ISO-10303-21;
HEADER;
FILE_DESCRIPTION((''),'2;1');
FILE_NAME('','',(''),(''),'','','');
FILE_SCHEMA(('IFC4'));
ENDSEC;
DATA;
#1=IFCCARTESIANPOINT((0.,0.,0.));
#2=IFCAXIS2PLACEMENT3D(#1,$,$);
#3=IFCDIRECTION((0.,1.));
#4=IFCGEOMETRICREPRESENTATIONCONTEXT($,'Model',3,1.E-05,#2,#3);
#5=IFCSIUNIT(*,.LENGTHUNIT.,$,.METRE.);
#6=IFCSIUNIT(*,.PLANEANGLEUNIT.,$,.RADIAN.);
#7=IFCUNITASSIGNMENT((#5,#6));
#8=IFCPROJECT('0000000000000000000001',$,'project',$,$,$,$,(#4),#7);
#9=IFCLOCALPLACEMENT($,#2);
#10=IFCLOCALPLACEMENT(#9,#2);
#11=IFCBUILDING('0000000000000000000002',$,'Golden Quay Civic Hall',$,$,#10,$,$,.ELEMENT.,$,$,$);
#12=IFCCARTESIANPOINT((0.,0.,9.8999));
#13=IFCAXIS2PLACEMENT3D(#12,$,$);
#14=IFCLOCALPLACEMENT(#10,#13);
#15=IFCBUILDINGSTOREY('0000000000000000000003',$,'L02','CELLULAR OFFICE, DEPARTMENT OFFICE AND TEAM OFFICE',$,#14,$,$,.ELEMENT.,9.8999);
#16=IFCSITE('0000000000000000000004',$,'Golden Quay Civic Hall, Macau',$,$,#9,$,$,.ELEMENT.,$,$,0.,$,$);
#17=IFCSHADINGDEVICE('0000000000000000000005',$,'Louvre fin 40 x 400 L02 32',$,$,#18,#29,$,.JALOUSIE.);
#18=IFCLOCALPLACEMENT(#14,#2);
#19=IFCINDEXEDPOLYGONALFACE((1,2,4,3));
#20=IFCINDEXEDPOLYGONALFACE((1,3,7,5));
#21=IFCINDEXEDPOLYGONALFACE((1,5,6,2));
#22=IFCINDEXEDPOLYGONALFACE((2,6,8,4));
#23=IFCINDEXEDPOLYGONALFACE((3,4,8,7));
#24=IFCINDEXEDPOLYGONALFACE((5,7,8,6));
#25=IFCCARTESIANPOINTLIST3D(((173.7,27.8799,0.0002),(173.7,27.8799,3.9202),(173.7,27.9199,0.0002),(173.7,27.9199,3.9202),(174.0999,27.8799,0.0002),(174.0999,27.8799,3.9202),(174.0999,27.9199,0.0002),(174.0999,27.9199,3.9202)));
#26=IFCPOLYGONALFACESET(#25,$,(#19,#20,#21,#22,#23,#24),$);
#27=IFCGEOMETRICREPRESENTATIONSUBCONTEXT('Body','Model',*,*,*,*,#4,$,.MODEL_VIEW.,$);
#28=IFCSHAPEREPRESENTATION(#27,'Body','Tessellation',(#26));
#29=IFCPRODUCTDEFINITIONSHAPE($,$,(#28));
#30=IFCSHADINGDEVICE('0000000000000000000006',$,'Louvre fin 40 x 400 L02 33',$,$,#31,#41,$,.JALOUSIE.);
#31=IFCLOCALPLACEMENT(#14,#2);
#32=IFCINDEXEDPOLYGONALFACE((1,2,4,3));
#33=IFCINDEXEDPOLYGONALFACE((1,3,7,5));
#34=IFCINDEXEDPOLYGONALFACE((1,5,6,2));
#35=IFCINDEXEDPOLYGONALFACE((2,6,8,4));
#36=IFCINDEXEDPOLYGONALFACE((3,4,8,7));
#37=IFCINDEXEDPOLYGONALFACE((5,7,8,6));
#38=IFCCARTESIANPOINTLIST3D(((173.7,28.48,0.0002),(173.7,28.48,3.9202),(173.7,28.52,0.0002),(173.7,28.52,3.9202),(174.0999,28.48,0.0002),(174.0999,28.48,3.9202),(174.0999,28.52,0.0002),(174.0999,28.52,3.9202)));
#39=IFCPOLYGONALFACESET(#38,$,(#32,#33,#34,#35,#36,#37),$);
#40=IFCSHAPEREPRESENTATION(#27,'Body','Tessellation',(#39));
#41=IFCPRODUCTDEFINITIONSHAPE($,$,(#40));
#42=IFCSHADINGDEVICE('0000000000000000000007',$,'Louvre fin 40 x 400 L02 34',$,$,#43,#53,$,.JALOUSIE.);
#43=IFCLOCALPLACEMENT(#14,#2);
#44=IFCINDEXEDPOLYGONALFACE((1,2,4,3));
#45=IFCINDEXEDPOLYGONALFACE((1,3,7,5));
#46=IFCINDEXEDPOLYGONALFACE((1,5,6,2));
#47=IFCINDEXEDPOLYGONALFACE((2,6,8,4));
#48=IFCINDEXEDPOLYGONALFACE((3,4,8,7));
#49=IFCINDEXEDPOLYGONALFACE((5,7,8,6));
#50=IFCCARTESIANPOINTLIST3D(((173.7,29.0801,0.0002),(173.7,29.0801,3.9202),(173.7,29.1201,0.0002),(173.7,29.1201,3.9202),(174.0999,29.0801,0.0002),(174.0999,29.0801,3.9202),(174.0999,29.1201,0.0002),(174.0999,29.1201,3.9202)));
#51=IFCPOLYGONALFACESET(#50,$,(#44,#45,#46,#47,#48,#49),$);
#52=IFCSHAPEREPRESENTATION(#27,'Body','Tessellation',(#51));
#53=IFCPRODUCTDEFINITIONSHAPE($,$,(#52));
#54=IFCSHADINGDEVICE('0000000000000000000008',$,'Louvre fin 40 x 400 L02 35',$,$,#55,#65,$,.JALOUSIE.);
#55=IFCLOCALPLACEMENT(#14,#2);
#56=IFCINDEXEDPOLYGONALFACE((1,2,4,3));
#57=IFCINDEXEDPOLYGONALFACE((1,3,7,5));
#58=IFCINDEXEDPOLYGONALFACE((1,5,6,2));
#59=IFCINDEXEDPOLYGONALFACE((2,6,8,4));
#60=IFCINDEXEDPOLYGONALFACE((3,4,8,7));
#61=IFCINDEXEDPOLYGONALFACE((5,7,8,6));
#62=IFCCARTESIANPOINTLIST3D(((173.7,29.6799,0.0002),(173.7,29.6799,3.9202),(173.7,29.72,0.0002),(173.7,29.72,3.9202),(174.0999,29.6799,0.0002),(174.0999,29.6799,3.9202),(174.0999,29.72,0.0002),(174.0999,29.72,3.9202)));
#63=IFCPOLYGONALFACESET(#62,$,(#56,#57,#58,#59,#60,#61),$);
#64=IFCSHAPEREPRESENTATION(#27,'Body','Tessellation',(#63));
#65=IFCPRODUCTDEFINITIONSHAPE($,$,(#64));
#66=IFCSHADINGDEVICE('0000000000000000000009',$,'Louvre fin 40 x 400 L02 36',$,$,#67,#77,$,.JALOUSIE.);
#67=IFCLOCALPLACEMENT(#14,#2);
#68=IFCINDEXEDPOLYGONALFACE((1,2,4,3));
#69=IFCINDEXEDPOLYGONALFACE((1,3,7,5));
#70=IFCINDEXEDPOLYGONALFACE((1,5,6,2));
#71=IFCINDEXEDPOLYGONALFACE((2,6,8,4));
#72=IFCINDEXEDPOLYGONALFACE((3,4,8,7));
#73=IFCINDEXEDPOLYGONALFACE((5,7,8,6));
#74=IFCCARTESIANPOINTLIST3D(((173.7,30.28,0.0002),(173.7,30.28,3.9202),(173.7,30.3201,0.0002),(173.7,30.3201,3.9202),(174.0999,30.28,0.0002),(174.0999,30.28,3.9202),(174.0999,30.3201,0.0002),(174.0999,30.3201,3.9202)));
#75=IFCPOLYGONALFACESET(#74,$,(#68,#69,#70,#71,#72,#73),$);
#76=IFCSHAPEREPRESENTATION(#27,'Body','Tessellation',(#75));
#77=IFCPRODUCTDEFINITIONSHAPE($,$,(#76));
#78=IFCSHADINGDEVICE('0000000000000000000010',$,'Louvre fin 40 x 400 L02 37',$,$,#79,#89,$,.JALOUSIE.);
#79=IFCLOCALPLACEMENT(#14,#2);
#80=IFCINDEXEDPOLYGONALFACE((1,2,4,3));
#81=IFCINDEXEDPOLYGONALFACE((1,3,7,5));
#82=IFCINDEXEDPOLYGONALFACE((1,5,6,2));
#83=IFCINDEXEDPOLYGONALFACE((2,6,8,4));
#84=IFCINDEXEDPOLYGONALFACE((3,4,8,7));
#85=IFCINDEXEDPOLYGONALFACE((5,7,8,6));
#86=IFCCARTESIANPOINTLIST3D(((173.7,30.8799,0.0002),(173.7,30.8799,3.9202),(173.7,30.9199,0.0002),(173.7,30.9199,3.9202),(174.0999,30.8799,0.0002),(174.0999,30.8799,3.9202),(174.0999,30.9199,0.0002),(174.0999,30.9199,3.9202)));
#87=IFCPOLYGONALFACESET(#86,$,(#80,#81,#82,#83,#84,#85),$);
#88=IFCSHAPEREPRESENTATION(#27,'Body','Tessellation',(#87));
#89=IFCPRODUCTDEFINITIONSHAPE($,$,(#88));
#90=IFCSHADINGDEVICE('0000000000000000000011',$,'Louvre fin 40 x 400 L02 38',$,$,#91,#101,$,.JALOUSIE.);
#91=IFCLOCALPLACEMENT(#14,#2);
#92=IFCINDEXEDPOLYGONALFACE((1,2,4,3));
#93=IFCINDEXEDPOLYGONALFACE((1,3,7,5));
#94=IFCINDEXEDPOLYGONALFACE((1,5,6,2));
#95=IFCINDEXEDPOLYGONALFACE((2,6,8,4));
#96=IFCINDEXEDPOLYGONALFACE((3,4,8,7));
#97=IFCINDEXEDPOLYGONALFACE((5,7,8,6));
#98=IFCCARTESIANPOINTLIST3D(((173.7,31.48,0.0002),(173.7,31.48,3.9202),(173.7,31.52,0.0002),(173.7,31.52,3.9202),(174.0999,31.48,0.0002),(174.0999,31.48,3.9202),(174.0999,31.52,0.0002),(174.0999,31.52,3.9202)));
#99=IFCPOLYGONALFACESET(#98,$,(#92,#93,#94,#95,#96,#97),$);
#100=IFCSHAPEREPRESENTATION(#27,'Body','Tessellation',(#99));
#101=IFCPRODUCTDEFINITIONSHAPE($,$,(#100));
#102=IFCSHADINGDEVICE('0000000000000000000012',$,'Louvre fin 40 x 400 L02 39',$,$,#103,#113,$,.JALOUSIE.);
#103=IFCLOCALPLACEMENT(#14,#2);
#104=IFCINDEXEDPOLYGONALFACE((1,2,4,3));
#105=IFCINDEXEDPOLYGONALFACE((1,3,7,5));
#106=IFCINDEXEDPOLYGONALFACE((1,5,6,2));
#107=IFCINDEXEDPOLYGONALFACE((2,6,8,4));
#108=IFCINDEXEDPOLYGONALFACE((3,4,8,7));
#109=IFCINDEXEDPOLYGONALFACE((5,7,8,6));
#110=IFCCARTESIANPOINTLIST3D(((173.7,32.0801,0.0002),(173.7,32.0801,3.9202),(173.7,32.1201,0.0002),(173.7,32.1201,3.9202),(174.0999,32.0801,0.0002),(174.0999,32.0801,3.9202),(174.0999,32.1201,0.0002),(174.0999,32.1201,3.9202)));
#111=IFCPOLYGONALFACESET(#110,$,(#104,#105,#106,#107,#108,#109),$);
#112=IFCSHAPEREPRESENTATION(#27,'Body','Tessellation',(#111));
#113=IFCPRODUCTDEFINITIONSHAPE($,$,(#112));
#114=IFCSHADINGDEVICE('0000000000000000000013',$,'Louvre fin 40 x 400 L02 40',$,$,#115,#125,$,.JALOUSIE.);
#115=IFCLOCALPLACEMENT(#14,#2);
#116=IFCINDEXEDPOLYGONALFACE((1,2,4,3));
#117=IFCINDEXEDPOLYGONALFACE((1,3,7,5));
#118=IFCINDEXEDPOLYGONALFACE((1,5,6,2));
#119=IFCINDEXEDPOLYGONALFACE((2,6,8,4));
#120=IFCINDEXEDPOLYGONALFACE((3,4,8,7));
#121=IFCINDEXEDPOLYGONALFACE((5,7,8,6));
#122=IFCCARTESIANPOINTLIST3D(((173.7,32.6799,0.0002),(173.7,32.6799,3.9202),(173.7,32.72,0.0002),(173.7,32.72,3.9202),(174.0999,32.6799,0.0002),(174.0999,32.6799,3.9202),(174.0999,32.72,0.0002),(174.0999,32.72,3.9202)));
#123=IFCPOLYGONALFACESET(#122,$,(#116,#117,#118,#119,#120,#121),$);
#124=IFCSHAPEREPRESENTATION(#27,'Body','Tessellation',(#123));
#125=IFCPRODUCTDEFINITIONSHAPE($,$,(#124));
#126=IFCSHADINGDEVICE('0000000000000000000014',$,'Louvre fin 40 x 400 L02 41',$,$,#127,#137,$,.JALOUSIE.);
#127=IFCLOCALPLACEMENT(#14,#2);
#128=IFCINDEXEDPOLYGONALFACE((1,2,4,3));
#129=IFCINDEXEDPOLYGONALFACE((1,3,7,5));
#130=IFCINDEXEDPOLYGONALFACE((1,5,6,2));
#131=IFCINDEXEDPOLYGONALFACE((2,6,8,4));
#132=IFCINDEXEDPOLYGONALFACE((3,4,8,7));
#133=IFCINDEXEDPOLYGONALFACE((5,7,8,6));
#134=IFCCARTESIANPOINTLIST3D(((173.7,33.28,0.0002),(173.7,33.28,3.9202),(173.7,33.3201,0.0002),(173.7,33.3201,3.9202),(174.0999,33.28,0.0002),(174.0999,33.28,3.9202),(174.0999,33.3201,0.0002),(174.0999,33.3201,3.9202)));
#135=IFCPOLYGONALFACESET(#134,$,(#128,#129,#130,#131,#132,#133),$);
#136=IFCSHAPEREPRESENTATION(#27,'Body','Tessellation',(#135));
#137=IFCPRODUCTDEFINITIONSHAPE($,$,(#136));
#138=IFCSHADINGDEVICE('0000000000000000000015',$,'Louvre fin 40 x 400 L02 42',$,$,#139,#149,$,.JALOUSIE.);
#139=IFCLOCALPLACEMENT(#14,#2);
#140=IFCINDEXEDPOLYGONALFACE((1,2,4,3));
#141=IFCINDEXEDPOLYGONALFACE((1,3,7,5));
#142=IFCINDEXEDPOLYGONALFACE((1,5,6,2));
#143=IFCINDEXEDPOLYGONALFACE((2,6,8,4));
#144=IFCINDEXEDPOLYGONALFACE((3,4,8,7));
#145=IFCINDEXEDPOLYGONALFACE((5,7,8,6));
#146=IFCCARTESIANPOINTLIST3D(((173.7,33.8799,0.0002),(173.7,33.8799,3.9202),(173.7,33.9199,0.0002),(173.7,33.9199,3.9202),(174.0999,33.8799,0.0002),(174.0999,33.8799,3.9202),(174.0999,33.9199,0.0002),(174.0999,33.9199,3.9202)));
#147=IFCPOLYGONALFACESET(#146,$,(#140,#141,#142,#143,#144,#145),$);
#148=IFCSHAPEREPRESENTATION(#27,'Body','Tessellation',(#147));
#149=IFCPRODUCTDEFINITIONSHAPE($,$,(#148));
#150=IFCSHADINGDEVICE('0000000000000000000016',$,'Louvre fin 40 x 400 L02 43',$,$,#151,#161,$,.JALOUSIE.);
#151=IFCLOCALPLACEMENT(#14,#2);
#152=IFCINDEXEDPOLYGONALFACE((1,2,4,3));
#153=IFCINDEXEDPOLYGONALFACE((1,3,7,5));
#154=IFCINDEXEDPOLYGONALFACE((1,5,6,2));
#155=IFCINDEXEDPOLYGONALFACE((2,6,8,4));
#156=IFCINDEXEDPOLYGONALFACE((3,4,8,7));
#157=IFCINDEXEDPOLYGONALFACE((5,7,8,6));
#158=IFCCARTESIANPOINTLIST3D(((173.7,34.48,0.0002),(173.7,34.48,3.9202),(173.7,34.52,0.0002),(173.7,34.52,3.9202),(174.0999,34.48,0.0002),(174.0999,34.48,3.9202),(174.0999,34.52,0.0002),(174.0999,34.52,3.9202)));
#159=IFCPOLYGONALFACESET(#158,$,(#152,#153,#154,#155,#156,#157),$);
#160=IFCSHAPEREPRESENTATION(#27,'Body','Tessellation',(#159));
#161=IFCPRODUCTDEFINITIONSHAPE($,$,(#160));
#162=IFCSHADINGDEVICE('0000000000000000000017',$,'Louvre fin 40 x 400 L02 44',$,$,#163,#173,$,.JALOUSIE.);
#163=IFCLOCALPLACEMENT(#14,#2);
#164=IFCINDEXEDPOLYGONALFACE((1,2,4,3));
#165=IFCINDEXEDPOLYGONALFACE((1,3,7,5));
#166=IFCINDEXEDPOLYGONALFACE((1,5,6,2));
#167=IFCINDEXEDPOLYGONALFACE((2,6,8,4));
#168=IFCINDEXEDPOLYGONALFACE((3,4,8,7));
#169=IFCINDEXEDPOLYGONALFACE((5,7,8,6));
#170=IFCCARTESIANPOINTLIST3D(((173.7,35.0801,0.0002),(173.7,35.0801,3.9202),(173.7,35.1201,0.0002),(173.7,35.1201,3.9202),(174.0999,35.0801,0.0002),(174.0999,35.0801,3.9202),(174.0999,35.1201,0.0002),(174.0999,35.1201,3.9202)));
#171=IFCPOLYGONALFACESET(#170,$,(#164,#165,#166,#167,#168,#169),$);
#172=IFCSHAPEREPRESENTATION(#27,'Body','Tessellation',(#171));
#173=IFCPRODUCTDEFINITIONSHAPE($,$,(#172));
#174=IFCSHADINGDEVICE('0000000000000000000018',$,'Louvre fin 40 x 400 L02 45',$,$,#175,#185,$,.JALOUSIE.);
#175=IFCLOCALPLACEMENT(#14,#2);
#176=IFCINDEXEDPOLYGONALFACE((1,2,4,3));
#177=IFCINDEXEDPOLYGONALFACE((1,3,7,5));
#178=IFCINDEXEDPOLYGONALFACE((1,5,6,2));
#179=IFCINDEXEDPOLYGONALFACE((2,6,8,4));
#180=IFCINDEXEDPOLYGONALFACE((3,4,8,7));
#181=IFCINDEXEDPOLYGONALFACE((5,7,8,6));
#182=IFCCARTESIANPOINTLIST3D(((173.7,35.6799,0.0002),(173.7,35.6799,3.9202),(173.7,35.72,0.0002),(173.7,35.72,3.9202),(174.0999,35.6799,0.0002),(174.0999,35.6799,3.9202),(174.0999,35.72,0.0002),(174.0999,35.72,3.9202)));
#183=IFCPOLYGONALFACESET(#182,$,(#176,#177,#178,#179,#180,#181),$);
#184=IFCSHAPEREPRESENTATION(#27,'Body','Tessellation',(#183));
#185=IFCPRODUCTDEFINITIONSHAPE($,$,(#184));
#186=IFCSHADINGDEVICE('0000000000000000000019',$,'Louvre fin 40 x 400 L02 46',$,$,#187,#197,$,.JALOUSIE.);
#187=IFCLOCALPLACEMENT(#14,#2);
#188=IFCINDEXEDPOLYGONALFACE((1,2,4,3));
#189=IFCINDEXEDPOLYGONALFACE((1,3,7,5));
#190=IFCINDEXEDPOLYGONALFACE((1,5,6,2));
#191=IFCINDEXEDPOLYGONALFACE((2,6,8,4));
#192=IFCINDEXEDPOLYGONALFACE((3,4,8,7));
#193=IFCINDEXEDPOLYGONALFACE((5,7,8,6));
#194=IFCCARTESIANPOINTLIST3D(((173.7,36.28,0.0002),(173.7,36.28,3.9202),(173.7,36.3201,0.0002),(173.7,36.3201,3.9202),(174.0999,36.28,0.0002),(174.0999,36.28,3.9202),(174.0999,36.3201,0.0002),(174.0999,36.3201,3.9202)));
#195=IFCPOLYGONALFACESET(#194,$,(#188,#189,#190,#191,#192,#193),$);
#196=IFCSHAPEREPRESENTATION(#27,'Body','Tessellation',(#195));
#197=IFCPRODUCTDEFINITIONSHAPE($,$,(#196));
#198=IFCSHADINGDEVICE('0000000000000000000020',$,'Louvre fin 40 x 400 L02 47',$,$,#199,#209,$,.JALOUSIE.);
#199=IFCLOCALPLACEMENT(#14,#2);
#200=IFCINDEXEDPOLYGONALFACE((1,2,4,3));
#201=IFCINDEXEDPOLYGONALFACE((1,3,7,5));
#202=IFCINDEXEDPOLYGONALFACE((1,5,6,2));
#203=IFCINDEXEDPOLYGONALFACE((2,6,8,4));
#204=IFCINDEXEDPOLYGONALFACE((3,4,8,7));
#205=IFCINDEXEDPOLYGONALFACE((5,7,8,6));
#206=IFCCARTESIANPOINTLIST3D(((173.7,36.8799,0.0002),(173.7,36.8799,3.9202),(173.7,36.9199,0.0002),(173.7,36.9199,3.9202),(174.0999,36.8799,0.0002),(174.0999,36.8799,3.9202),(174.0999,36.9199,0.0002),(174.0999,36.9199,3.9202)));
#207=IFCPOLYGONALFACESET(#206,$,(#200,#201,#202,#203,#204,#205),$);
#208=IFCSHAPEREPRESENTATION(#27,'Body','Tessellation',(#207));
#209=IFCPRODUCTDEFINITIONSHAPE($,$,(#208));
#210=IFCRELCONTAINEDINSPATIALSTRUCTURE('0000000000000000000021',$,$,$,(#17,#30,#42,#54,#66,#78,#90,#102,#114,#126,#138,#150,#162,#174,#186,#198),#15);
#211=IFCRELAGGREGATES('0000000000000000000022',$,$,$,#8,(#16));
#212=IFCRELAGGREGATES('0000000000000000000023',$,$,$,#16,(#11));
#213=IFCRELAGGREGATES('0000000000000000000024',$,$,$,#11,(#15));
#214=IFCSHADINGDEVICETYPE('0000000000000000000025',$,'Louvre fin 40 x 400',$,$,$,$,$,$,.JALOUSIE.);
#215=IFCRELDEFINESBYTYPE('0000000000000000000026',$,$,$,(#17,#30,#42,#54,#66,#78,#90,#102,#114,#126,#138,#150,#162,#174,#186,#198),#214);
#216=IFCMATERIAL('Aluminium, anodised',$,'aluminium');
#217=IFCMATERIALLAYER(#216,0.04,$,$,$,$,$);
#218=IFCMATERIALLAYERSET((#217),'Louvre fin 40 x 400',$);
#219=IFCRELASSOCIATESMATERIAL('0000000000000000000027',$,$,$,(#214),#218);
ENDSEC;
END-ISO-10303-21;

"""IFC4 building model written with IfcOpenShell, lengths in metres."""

from ifc_helpers import new_model, si_unit, direction, frame, origin, origin_2d, place, context, subcontext, project, spatial, rectangle, extrude, material, layer, layer_set, type_object, element, save


model = new_model("IFC4")

# Units and contexts
model_context = context("Model", 3, precision=1e-05, world=origin(), true_north=direction((0.0, 1.0)))
body_context = subcontext(model_context, "Body", "Model", "MODEL_VIEW")
ifc_project = project(units=[si_unit("LENGTHUNIT", "METRE"), si_unit("PLANEANGLEUNIT", "RADIAN")], contexts=[model_context])

# Site, building, storey
site_placement = place(None, origin())
site = spatial("IfcSite", under=ifc_project, at=site_placement, Name="Golden Quay Civic Hall, Macau", CompositionType="ELEMENT", RefElevation=0.0)
building_placement = place(site_placement, origin())
building = spatial("IfcBuilding", under=site, at=building_placement, Name="Golden Quay Civic Hall", CompositionType="ELEMENT")
storey_placement = place(building_placement, frame((0.0, 0.0, 9.8999)))
storey = spatial("IfcBuildingStorey", under=building, at=storey_placement, Name="L02", Description="CELLULAR OFFICE, DEPARTMENT OFFICE AND TEAM OFFICE", CompositionType="ELEMENT", Elevation=9.8999)

# Shading devices
ifc_material_1 = material(Name="Aluminium, anodised", Category="aluminium")
ifc_layer = layer(ifc_material_1, 0.04)
ifc_layer_set = layer_set([ifc_layer], Name="Louvre fin 40 x 400")
shading_device_type = type_object("IfcShadingDeviceType", Name="Louvre fin 40 x 400", PredefinedType="JALOUSIE", material=ifc_layer_set)
for number, where, z_axis, x_axis, name in (
    (1, (173.8999, 27.8999, 0.0002), (0.0, 0.0, 1.0), (0.0, 1.0, 0.0), "Louvre fin 40 x 400 L02 32"),
    (2, (173.8999, 28.5, 0.0002), (0.0, 0.0, 1.0), (0.0, 1.0, 0.0), "Louvre fin 40 x 400 L02 33"),
    (3, (173.8999, 29.1001, 0.0002), (0.0, 0.0, 1.0), (0.0, 1.0, 0.0), "Louvre fin 40 x 400 L02 34"),
    (4, (173.8999, 29.7, 0.0002), (0.0, 0.0, 1.0), (0.0, 1.0, 0.0), "Louvre fin 40 x 400 L02 35"),
    (5, (173.8999, 30.3, 0.0002), (0.0, 0.0, 1.0), (0.0, 1.0, 0.0), "Louvre fin 40 x 400 L02 36"),
    (6, (173.8999, 30.8999, 0.0002), (0.0, 0.0, 1.0), (0.0, 1.0, 0.0), "Louvre fin 40 x 400 L02 37"),
    (7, (173.8999, 31.5, 0.0002), (0.0, 0.0, 1.0), (0.0, 1.0, 0.0), "Louvre fin 40 x 400 L02 38"),
    (8, (173.8999, 32.1001, 0.0002), (0.0, 0.0, 1.0), (0.0, 1.0, 0.0), "Louvre fin 40 x 400 L02 39"),
    (9, (173.8999, 32.7, 0.0002), (0.0, 0.0, 1.0), (0.0, 1.0, 0.0), "Louvre fin 40 x 400 L02 40"),
    (10, (173.8999, 33.3, 0.0002), (0.0, 0.0, 1.0), (0.0, 1.0, 0.0), "Louvre fin 40 x 400 L02 41"),
    (11, (173.8999, 33.8999, 0.0002), (0.0, 0.0, 1.0), (0.0, 1.0, 0.0), "Louvre fin 40 x 400 L02 42"),
    (12, (173.8999, 34.5, 0.0002), (0.0, 0.0, 1.0), (0.0, 1.0, 0.0), "Louvre fin 40 x 400 L02 43"),
    (13, (173.8999, 35.1001, 0.0002), (0.0, 0.0, 1.0), (0.0, 1.0, 0.0), "Louvre fin 40 x 400 L02 44"),
    (14, (173.8999, 35.7, 0.0002), (0.0, 0.0, 1.0), (0.0, 1.0, 0.0), "Louvre fin 40 x 400 L02 45"),
    (15, (173.8999, 36.3, 0.0002), (0.0, 0.0, 1.0), (0.0, 1.0, 0.0), "Louvre fin 40 x 400 L02 46"),
    (16, (173.8999, 36.8999, 0.0002), (0.0, 0.0, 1.0), (0.0, 1.0, 0.0), "Louvre fin 40 x 400 L02 47"),
):
    element("IfcShadingDevice", number, at=place(storey_placement, frame(where, z_axis=z_axis, x_axis=x_axis)), inside=storey, type_object=shading_device_type, Name=name, PredefinedType="JALOUSIE", context=body_context, shape_type="SweptSolid", body=[
        extrude(rectangle(XDim=0.04, YDim=0.3999, at=origin_2d()), origin(), (0.0, 0.0, 1.0), 3.9199),
    ])

save(model, "model.ifc")
